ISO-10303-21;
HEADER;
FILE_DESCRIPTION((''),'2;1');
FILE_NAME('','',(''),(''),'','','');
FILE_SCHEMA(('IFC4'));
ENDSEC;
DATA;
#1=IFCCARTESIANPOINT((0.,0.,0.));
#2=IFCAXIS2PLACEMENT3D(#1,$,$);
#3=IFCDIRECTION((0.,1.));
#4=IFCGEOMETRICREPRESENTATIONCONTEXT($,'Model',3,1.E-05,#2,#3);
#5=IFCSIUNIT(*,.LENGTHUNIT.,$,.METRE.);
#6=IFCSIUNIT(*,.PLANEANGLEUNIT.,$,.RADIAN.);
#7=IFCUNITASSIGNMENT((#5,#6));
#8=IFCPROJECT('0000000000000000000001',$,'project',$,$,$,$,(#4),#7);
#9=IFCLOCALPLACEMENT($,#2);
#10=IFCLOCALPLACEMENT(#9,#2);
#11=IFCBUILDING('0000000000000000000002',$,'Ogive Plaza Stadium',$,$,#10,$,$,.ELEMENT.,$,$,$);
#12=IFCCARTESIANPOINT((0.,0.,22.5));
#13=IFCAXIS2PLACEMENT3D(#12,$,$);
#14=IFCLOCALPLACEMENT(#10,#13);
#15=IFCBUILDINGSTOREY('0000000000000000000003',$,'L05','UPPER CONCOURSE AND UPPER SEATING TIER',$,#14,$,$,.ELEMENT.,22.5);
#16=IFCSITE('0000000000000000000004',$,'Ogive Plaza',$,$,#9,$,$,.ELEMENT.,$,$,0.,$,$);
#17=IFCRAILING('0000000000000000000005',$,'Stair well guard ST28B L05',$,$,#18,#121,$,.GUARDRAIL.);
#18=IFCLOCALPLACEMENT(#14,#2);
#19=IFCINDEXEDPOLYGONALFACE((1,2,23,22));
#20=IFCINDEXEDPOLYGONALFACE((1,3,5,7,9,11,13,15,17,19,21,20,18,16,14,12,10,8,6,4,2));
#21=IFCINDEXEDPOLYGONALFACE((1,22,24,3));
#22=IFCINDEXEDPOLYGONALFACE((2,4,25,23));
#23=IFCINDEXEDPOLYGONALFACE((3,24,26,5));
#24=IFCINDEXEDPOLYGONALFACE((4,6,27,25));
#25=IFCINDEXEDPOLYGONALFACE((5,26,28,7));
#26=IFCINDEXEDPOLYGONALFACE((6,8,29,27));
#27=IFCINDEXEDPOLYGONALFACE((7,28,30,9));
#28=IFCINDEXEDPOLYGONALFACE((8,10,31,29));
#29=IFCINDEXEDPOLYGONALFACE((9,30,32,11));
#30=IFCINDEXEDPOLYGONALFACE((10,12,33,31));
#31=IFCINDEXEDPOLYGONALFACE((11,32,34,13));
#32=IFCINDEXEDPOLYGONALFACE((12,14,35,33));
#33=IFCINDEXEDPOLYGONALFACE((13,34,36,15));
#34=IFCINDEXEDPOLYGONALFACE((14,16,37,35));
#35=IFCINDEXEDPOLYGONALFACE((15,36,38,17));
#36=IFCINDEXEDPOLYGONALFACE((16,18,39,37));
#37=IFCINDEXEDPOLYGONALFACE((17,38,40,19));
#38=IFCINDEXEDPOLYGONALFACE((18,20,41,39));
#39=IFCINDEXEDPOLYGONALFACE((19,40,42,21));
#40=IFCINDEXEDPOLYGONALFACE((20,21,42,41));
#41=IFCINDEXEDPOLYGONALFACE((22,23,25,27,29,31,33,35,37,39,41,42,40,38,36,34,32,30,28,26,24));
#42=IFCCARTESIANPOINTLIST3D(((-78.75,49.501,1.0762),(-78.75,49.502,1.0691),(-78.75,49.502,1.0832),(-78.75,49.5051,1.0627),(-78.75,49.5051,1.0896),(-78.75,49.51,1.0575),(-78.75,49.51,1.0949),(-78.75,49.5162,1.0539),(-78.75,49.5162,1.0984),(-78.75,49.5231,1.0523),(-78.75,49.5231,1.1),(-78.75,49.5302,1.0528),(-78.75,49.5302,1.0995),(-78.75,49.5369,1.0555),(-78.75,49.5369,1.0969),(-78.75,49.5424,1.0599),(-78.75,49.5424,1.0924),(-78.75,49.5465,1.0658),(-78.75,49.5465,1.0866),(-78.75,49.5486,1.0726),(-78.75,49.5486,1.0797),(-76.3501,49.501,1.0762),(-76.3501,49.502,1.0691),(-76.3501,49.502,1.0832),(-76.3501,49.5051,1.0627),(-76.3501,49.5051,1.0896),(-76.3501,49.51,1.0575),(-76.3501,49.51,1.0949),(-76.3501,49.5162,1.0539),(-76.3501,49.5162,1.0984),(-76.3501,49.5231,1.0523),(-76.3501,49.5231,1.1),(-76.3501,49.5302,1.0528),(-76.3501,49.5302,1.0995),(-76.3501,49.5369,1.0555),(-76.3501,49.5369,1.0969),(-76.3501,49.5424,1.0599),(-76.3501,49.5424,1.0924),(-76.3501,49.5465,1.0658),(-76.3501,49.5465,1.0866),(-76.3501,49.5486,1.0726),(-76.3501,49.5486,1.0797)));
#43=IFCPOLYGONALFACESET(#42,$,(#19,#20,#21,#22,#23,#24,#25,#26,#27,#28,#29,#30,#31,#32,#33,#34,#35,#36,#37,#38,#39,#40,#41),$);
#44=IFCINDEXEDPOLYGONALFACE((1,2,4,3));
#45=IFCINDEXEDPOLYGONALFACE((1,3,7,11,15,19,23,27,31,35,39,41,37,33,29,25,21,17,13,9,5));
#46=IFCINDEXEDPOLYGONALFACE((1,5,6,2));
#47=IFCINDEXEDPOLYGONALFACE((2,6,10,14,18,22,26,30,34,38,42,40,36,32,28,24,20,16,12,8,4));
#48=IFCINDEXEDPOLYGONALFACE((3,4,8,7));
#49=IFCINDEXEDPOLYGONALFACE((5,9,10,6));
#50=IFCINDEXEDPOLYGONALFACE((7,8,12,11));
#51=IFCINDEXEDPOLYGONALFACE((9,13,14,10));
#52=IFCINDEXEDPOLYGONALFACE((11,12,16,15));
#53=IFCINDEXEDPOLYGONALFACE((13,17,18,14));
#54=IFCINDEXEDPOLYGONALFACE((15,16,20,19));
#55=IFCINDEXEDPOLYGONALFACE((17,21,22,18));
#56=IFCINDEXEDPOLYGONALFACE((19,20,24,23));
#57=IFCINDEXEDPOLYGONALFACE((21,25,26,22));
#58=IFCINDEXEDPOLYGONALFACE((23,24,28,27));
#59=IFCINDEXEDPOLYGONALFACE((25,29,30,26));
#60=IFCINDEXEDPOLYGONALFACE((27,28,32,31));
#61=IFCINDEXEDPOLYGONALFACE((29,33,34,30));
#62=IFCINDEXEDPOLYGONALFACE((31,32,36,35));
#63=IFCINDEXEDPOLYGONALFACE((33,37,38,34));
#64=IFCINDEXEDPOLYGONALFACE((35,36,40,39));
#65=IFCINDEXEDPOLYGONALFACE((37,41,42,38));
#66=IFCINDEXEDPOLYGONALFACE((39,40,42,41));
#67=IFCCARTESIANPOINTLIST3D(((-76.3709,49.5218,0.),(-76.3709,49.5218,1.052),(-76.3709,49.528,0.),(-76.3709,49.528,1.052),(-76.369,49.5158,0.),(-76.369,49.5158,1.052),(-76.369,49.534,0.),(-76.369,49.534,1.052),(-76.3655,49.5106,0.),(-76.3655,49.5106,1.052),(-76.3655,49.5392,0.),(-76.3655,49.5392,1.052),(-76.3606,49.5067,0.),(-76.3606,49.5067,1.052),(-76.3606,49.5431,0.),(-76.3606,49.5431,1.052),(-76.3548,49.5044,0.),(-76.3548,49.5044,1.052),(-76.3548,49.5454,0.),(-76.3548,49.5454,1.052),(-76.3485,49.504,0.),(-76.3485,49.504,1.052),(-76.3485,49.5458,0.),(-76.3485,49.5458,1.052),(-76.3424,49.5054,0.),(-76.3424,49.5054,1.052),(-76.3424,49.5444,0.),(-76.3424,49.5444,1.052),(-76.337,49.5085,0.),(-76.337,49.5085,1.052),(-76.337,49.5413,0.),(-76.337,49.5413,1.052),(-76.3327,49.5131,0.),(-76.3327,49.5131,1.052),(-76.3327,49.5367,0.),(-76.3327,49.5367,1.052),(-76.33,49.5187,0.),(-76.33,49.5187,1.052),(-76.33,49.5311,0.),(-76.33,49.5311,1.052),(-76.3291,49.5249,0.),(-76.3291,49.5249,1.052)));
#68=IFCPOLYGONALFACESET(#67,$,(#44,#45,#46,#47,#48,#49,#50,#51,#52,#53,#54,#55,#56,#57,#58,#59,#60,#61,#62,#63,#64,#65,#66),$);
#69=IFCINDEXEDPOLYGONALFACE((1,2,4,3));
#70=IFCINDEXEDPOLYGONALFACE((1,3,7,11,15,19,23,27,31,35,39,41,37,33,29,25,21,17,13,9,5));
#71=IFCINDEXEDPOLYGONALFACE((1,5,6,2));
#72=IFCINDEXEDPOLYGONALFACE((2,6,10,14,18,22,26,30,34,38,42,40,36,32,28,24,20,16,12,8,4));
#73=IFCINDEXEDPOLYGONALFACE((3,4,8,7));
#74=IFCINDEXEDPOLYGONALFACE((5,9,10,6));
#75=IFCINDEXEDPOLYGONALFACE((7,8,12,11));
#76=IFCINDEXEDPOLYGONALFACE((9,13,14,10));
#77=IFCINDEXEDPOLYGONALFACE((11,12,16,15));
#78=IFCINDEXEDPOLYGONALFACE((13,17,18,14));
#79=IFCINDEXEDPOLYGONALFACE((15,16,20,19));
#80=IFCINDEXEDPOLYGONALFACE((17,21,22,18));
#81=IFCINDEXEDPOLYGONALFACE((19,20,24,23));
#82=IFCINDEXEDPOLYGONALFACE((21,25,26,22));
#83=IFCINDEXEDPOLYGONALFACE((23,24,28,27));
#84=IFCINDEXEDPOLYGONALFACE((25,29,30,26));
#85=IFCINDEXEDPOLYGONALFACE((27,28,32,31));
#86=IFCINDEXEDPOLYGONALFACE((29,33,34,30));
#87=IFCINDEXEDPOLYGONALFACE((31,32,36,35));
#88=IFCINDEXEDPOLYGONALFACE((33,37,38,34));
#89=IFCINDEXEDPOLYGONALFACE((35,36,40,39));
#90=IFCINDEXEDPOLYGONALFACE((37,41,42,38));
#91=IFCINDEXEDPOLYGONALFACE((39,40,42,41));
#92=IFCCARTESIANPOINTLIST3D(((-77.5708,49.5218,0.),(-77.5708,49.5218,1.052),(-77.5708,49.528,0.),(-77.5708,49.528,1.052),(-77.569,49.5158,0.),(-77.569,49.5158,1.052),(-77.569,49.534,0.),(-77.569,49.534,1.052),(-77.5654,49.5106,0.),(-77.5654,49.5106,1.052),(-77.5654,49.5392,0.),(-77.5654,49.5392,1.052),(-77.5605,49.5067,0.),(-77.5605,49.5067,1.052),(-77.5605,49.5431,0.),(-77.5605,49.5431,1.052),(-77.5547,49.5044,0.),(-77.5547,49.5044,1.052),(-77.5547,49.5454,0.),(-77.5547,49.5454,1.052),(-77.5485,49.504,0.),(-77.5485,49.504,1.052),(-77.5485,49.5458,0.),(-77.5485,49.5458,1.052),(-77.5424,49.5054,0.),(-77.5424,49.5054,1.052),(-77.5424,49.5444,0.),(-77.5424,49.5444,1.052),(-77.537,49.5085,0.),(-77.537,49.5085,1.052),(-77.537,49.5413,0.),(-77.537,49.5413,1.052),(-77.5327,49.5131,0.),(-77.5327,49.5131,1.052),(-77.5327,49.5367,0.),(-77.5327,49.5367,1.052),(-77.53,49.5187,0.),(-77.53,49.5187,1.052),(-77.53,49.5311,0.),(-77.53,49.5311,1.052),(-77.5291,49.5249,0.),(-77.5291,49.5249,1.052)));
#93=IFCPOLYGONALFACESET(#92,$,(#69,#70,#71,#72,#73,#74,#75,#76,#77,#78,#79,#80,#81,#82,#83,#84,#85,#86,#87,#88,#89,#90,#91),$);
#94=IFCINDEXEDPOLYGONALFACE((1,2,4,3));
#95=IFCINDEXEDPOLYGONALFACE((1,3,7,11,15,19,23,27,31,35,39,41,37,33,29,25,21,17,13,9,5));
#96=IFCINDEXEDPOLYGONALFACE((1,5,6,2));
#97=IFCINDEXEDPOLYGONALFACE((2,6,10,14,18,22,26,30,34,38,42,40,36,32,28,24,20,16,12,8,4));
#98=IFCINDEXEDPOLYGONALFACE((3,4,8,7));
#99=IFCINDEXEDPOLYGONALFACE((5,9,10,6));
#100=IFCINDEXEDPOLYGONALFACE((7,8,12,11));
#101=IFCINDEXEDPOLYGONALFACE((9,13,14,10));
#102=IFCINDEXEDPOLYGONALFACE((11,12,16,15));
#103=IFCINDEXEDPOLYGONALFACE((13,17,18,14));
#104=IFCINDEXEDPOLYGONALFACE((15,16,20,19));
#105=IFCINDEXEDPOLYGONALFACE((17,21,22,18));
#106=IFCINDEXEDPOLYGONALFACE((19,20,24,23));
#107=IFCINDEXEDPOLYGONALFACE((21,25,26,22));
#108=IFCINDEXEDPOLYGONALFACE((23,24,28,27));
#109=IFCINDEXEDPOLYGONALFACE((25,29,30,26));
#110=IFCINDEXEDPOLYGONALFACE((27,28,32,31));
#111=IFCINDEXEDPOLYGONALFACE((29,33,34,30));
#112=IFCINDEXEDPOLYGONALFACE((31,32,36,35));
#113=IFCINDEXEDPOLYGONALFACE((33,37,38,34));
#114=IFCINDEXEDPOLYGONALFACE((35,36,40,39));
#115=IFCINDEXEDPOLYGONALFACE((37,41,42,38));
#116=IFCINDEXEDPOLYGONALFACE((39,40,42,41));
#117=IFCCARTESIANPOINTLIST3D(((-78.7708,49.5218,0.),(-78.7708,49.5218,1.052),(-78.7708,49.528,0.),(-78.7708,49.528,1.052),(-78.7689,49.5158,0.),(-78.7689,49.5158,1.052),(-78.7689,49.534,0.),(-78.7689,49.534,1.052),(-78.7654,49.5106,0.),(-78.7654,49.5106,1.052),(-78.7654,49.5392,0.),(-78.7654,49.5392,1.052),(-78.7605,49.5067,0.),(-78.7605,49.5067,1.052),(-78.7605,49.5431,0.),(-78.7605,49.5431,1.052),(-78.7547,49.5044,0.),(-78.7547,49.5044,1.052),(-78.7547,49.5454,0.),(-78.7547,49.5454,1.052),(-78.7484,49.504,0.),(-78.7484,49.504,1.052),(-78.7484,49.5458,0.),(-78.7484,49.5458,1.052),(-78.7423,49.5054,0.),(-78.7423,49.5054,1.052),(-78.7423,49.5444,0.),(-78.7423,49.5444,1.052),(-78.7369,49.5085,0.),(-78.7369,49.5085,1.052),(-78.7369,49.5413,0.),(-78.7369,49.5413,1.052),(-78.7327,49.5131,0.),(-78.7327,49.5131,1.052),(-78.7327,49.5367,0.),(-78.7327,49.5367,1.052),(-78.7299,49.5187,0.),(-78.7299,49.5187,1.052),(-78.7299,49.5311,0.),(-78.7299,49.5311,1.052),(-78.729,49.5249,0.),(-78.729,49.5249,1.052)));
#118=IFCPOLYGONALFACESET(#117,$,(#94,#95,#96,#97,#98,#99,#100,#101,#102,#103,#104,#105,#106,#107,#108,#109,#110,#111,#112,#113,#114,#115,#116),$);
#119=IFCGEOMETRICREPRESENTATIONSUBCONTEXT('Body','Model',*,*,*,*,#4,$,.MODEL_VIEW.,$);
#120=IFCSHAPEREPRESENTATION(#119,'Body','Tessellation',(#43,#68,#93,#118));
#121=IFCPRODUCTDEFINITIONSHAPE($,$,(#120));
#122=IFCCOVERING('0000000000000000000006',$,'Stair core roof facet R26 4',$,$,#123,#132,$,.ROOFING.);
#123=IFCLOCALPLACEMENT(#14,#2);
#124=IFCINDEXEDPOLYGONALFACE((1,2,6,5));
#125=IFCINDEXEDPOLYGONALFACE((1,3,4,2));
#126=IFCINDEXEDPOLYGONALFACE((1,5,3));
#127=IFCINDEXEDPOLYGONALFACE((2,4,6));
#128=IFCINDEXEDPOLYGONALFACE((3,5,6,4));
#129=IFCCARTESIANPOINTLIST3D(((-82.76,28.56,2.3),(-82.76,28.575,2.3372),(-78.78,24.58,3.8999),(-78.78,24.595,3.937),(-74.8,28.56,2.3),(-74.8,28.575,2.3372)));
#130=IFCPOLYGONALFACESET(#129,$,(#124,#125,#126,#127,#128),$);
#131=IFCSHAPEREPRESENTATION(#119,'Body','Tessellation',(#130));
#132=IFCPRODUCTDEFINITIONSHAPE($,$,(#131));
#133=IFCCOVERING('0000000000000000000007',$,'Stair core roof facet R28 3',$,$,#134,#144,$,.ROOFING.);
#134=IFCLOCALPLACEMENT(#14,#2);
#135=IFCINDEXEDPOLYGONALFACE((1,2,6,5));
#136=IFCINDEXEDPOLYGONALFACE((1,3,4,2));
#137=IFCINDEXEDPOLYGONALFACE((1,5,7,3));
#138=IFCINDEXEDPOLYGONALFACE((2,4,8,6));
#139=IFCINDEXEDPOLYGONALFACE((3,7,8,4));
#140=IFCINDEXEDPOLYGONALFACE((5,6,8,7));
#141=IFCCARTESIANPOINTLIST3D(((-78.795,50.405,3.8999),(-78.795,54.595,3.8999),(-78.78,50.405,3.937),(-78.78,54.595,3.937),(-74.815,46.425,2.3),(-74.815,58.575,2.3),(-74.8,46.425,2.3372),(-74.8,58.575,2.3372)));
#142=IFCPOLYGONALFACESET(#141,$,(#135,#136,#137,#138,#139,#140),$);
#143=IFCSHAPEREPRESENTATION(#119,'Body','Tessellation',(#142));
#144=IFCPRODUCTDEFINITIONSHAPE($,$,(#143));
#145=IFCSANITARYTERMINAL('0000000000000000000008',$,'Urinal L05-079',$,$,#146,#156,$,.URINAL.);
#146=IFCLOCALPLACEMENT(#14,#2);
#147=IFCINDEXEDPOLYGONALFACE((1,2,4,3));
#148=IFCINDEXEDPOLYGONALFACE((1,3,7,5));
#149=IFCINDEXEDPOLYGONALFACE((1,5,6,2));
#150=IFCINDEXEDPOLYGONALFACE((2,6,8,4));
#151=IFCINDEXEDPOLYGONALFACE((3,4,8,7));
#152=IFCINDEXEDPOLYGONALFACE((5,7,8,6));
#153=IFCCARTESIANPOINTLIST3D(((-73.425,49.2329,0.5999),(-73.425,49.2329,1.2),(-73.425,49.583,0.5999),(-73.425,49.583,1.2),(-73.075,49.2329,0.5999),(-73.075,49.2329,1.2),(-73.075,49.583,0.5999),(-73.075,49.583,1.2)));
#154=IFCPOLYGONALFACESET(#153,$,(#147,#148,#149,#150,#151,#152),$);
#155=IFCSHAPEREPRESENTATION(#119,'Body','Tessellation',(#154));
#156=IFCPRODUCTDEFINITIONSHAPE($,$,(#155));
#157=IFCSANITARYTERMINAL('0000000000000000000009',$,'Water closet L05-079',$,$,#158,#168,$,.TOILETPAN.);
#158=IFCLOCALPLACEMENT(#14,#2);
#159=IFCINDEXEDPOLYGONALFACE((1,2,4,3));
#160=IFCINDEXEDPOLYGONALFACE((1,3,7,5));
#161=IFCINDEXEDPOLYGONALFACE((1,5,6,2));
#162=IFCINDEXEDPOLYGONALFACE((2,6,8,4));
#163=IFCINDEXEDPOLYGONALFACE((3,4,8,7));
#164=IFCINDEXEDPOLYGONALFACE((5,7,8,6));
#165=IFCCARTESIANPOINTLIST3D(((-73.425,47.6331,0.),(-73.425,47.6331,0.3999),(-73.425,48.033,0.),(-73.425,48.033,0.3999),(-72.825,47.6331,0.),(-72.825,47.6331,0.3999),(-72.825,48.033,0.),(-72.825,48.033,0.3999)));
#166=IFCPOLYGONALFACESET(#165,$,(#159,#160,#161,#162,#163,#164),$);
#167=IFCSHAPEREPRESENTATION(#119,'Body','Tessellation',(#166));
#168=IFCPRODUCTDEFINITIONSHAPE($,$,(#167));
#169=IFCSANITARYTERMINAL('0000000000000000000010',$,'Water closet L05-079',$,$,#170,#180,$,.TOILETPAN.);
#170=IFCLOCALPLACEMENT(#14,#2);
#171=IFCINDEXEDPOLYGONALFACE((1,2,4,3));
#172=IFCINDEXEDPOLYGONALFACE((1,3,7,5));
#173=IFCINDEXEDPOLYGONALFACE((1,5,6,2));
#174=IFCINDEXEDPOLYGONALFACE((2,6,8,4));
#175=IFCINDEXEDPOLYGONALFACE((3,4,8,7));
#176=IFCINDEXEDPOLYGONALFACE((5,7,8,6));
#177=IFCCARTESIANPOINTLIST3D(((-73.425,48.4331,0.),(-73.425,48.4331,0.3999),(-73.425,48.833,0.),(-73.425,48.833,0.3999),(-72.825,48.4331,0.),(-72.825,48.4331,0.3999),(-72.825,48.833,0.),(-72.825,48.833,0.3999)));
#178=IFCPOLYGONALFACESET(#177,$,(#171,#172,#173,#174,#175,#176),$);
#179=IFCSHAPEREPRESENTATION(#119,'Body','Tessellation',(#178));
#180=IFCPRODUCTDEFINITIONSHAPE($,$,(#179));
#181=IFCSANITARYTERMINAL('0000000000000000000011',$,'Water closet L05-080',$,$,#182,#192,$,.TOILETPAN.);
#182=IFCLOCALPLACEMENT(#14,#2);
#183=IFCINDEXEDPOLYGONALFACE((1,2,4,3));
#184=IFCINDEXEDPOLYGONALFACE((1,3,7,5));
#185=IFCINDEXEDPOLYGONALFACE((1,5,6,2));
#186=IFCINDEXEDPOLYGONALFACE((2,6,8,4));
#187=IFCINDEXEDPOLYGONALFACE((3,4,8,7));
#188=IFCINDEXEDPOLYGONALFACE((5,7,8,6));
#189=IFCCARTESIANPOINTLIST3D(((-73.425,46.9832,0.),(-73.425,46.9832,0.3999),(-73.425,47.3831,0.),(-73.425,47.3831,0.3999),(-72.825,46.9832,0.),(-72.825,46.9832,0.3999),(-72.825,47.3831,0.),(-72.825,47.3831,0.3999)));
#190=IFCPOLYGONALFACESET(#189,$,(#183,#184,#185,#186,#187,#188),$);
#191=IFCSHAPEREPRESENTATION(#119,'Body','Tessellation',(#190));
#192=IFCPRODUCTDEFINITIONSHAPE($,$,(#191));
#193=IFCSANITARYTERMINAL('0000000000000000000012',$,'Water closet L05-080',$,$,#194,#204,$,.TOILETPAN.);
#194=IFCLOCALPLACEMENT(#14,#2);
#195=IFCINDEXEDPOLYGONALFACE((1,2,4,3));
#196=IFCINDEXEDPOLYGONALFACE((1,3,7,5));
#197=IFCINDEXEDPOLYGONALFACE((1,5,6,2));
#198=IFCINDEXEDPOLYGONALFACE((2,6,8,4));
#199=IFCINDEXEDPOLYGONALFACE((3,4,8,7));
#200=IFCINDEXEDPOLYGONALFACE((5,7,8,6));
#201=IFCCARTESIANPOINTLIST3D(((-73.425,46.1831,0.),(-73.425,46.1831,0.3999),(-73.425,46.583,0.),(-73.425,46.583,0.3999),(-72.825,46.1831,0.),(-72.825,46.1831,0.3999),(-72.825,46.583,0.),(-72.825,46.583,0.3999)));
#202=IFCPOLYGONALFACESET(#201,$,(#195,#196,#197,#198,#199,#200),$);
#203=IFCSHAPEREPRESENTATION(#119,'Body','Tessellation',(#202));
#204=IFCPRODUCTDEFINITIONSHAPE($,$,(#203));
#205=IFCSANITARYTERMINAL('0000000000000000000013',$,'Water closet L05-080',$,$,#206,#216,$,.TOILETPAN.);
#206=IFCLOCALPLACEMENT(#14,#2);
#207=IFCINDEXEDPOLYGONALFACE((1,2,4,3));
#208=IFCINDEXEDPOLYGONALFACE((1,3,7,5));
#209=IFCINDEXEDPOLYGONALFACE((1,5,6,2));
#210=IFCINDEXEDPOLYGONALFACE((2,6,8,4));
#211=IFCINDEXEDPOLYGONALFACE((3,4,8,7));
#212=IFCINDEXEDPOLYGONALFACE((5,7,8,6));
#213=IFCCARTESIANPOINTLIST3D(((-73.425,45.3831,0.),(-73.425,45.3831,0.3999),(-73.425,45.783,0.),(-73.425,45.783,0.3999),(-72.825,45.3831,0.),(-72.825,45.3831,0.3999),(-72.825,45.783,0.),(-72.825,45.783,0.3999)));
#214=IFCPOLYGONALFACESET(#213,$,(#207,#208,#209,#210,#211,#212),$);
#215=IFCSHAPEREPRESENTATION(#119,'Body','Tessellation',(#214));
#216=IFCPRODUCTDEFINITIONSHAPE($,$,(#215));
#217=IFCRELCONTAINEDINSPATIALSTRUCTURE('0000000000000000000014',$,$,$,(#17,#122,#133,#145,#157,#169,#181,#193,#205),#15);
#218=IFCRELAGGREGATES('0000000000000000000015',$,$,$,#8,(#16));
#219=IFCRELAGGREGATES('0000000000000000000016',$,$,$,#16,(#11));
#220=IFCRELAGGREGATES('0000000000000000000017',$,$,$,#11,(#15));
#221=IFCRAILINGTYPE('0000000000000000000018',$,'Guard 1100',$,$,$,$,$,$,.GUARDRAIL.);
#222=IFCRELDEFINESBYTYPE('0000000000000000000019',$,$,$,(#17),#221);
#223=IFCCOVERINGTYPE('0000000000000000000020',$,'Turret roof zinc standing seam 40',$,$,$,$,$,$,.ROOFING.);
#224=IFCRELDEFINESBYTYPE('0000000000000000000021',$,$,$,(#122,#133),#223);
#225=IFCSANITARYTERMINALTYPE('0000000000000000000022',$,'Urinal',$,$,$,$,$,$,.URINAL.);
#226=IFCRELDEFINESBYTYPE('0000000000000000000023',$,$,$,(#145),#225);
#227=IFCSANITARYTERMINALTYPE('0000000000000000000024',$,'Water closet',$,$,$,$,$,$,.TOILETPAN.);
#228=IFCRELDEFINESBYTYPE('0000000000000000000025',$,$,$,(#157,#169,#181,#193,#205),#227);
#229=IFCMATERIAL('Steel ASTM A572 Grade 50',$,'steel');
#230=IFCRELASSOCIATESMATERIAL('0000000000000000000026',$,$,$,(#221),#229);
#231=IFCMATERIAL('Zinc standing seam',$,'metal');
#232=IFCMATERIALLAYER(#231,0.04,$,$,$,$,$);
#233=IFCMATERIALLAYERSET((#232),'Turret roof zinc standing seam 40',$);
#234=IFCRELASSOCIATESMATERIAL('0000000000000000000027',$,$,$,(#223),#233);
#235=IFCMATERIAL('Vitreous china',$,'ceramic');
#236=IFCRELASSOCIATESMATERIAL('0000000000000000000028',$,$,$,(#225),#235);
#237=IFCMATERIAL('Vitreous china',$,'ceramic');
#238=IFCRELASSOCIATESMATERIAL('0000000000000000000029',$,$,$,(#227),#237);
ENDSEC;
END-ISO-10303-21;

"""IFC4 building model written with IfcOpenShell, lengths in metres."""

from ifc_helpers import new_model, si_unit, direction, frame, origin, origin_2d, place, context, subcontext, project, spatial, polyline, rectangle, circle, outline, extrude, material, layer, layer_set, type_object, element, save


model = new_model("IFC4")

# Units and contexts
model_context = context("Model", 3, precision=1e-05, world=origin(), true_north=direction((0.0, 1.0)))
body_context = subcontext(model_context, "Body", "Model", "MODEL_VIEW")
ifc_project = project(units=[si_unit("LENGTHUNIT", "METRE"), si_unit("PLANEANGLEUNIT", "RADIAN")], contexts=[model_context])

# Site, building, storey
site_placement = place(None, origin())
site = spatial("IfcSite", under=ifc_project, at=site_placement, Name="Ogive Plaza", CompositionType="ELEMENT", RefElevation=0.0)
building_placement = place(site_placement, origin())
building = spatial("IfcBuilding", under=site, at=building_placement, Name="Ogive Plaza Stadium", CompositionType="ELEMENT")
storey_placement = place(building_placement, frame((0.0, 0.0, 22.5)))
storey = spatial("IfcBuildingStorey", under=building, at=storey_placement, Name="L05", Description="UPPER CONCOURSE AND UPPER SEATING TIER", CompositionType="ELEMENT", Elevation=22.5)

# Railing
ifc_material_1 = material(Name="Steel ASTM A572 Grade 50", Category="steel")
railing_type = type_object("IfcRailingType", Name="Guard 1100", PredefinedType="GUARDRAIL", material=ifc_material_1)
railing_placement = place(storey_placement, frame((-76.3501, 49.5249, 0.0)))
element("IfcRailing", 1, at=railing_placement, inside=storey, type_object=railing_type, Name="Stair well guard ST28B L05", PredefinedType="GUARDRAIL", context=body_context, shape_type="SweptSolid", body=[
    extrude(circle(Radius=0.0239, at=origin_2d()), frame((0.0, 0.0, 1.0762), z_axis=(-1.0, 0.0, 0.0), x_axis=(0.0, -1.0, 0.0)), (0.0, 0.0, 1.0), 2.3999),
    extrude(circle(Radius=0.021, at=origin_2d()), origin(), (0.0, 0.0, 1.0), 1.052),
    extrude(circle(Radius=0.021, at=origin_2d()), frame((-1.2, 0.0, 0.0)), (0.0, 0.0, 1.0), 1.052),
    extrude(circle(Radius=0.021, at=origin_2d()), frame((-2.3999, 0.0, 0.0)), (0.0, 0.0, 1.0), 1.052),
])

# Coverings
ifc_material_2 = material(Name="Zinc standing seam", Category="metal")
ifc_layer_1 = layer(ifc_material_2, 0.04)
ifc_layer_set_1 = layer_set([ifc_layer_1], Name="Turret roof zinc standing seam 40")
covering_type = type_object("IfcCoveringType", Name="Turret roof zinc standing seam 40", PredefinedType="ROOFING", material=ifc_layer_set_1)
covering_1_placement = place(storey_placement, frame((-74.8, 28.575, 2.3372), z_axis=(0.0, 0.37297, 0.927843), x_axis=(-1.0, 0.0, 0.0)))
element("IfcCovering", 2, at=covering_1_placement, inside=storey, type_object=covering_type, Name="Stair core roof facet R26 4", PredefinedType="ROOFING", context=body_context, shape_type="SweptSolid", body=[
    extrude(outline(polyline([(0.0, 0.0), (7.96, 0.0), (3.98, 4.2895), (0.0, 0.0)])), origin(), (0.0, 0.0, -1.0), 0.04),
])
covering_2_placement = place(storey_placement, frame((-74.8, 46.425, 2.3372), z_axis=(0.37297, 0.0, 0.927843), x_axis=(0.0, 1.0, 0.0)))
element("IfcCovering", 3, at=covering_2_placement, inside=storey, type_object=covering_type, Name="Stair core roof facet R28 3", PredefinedType="ROOFING", context=body_context, shape_type="SweptSolid", body=[
    extrude(outline(polyline([(0.0, 0.0), (12.1499, 0.0), (8.1699, 4.2895), (3.98, 4.2895), (0.0, 0.0)])), origin(), (0.0, 0.0, -1.0), 0.04),
])

# Sanitary terminals
ifc_material_3 = material(Name="Vitreous china", Category="ceramic")
sanitary_terminal_type_1 = type_object("IfcSanitaryTerminalType", Name="Urinal", PredefinedType="URINAL", material=ifc_material_3)
sanitary_terminal_placement = place(storey_placement, frame((-73.25, 49.408, 0.5999), z_axis=(0.0, 0.0, 1.0), x_axis=(0.0, 1.0, 0.0)))
element("IfcSanitaryTerminal", 4, at=sanitary_terminal_placement, inside=storey, type_object=sanitary_terminal_type_1, Name="Urinal L05-079", PredefinedType="URINAL", context=body_context, shape_type="SweptSolid", body=[
    extrude(rectangle(XDim=0.3501, YDim=0.3501, at=origin_2d()), origin(), (0.0, 0.0, 1.0), 0.6001),
])
ifc_material_4 = material(Name="Vitreous china", Category="ceramic")
sanitary_terminal_type_2 = type_object("IfcSanitaryTerminalType", Name="Water closet", PredefinedType="TOILETPAN", material=ifc_material_4)
for number, where, z_axis, x_axis, name in (
    (5, (-73.125, 47.833, 0.0), (0.0, 0.0, 1.0), (0.0, 1.0, 0.0), "Water closet L05-079"),
    (6, (-73.125, 48.6331, 0.0), (0.0, 0.0, 1.0), (0.0, 1.0, 0.0), "Water closet L05-079"),
    (7, (-73.125, 47.1831, 0.0), (0.0, 0.0, 1.0), (0.0, -1.0, 0.0), "Water closet L05-080"),
    (8, (-73.125, 46.3831, 0.0), (0.0, 0.0, 1.0), (0.0, -1.0, 0.0), "Water closet L05-080"),
    (9, (-73.125, 45.583, 0.0), (0.0, 0.0, 1.0), (0.0, -1.0, 0.0), "Water closet L05-080"),
):
    element("IfcSanitaryTerminal", number, at=place(storey_placement, frame(where, z_axis=z_axis, x_axis=x_axis)), inside=storey, type_object=sanitary_terminal_type_2, Name=name, PredefinedType="TOILETPAN", context=body_context, shape_type="SweptSolid", body=[
        extrude(rectangle(XDim=0.3999, YDim=0.6001, at=origin_2d()), origin(), (0.0, 0.0, 1.0), 0.3999),
    ])

save(model, "model.ifc")
